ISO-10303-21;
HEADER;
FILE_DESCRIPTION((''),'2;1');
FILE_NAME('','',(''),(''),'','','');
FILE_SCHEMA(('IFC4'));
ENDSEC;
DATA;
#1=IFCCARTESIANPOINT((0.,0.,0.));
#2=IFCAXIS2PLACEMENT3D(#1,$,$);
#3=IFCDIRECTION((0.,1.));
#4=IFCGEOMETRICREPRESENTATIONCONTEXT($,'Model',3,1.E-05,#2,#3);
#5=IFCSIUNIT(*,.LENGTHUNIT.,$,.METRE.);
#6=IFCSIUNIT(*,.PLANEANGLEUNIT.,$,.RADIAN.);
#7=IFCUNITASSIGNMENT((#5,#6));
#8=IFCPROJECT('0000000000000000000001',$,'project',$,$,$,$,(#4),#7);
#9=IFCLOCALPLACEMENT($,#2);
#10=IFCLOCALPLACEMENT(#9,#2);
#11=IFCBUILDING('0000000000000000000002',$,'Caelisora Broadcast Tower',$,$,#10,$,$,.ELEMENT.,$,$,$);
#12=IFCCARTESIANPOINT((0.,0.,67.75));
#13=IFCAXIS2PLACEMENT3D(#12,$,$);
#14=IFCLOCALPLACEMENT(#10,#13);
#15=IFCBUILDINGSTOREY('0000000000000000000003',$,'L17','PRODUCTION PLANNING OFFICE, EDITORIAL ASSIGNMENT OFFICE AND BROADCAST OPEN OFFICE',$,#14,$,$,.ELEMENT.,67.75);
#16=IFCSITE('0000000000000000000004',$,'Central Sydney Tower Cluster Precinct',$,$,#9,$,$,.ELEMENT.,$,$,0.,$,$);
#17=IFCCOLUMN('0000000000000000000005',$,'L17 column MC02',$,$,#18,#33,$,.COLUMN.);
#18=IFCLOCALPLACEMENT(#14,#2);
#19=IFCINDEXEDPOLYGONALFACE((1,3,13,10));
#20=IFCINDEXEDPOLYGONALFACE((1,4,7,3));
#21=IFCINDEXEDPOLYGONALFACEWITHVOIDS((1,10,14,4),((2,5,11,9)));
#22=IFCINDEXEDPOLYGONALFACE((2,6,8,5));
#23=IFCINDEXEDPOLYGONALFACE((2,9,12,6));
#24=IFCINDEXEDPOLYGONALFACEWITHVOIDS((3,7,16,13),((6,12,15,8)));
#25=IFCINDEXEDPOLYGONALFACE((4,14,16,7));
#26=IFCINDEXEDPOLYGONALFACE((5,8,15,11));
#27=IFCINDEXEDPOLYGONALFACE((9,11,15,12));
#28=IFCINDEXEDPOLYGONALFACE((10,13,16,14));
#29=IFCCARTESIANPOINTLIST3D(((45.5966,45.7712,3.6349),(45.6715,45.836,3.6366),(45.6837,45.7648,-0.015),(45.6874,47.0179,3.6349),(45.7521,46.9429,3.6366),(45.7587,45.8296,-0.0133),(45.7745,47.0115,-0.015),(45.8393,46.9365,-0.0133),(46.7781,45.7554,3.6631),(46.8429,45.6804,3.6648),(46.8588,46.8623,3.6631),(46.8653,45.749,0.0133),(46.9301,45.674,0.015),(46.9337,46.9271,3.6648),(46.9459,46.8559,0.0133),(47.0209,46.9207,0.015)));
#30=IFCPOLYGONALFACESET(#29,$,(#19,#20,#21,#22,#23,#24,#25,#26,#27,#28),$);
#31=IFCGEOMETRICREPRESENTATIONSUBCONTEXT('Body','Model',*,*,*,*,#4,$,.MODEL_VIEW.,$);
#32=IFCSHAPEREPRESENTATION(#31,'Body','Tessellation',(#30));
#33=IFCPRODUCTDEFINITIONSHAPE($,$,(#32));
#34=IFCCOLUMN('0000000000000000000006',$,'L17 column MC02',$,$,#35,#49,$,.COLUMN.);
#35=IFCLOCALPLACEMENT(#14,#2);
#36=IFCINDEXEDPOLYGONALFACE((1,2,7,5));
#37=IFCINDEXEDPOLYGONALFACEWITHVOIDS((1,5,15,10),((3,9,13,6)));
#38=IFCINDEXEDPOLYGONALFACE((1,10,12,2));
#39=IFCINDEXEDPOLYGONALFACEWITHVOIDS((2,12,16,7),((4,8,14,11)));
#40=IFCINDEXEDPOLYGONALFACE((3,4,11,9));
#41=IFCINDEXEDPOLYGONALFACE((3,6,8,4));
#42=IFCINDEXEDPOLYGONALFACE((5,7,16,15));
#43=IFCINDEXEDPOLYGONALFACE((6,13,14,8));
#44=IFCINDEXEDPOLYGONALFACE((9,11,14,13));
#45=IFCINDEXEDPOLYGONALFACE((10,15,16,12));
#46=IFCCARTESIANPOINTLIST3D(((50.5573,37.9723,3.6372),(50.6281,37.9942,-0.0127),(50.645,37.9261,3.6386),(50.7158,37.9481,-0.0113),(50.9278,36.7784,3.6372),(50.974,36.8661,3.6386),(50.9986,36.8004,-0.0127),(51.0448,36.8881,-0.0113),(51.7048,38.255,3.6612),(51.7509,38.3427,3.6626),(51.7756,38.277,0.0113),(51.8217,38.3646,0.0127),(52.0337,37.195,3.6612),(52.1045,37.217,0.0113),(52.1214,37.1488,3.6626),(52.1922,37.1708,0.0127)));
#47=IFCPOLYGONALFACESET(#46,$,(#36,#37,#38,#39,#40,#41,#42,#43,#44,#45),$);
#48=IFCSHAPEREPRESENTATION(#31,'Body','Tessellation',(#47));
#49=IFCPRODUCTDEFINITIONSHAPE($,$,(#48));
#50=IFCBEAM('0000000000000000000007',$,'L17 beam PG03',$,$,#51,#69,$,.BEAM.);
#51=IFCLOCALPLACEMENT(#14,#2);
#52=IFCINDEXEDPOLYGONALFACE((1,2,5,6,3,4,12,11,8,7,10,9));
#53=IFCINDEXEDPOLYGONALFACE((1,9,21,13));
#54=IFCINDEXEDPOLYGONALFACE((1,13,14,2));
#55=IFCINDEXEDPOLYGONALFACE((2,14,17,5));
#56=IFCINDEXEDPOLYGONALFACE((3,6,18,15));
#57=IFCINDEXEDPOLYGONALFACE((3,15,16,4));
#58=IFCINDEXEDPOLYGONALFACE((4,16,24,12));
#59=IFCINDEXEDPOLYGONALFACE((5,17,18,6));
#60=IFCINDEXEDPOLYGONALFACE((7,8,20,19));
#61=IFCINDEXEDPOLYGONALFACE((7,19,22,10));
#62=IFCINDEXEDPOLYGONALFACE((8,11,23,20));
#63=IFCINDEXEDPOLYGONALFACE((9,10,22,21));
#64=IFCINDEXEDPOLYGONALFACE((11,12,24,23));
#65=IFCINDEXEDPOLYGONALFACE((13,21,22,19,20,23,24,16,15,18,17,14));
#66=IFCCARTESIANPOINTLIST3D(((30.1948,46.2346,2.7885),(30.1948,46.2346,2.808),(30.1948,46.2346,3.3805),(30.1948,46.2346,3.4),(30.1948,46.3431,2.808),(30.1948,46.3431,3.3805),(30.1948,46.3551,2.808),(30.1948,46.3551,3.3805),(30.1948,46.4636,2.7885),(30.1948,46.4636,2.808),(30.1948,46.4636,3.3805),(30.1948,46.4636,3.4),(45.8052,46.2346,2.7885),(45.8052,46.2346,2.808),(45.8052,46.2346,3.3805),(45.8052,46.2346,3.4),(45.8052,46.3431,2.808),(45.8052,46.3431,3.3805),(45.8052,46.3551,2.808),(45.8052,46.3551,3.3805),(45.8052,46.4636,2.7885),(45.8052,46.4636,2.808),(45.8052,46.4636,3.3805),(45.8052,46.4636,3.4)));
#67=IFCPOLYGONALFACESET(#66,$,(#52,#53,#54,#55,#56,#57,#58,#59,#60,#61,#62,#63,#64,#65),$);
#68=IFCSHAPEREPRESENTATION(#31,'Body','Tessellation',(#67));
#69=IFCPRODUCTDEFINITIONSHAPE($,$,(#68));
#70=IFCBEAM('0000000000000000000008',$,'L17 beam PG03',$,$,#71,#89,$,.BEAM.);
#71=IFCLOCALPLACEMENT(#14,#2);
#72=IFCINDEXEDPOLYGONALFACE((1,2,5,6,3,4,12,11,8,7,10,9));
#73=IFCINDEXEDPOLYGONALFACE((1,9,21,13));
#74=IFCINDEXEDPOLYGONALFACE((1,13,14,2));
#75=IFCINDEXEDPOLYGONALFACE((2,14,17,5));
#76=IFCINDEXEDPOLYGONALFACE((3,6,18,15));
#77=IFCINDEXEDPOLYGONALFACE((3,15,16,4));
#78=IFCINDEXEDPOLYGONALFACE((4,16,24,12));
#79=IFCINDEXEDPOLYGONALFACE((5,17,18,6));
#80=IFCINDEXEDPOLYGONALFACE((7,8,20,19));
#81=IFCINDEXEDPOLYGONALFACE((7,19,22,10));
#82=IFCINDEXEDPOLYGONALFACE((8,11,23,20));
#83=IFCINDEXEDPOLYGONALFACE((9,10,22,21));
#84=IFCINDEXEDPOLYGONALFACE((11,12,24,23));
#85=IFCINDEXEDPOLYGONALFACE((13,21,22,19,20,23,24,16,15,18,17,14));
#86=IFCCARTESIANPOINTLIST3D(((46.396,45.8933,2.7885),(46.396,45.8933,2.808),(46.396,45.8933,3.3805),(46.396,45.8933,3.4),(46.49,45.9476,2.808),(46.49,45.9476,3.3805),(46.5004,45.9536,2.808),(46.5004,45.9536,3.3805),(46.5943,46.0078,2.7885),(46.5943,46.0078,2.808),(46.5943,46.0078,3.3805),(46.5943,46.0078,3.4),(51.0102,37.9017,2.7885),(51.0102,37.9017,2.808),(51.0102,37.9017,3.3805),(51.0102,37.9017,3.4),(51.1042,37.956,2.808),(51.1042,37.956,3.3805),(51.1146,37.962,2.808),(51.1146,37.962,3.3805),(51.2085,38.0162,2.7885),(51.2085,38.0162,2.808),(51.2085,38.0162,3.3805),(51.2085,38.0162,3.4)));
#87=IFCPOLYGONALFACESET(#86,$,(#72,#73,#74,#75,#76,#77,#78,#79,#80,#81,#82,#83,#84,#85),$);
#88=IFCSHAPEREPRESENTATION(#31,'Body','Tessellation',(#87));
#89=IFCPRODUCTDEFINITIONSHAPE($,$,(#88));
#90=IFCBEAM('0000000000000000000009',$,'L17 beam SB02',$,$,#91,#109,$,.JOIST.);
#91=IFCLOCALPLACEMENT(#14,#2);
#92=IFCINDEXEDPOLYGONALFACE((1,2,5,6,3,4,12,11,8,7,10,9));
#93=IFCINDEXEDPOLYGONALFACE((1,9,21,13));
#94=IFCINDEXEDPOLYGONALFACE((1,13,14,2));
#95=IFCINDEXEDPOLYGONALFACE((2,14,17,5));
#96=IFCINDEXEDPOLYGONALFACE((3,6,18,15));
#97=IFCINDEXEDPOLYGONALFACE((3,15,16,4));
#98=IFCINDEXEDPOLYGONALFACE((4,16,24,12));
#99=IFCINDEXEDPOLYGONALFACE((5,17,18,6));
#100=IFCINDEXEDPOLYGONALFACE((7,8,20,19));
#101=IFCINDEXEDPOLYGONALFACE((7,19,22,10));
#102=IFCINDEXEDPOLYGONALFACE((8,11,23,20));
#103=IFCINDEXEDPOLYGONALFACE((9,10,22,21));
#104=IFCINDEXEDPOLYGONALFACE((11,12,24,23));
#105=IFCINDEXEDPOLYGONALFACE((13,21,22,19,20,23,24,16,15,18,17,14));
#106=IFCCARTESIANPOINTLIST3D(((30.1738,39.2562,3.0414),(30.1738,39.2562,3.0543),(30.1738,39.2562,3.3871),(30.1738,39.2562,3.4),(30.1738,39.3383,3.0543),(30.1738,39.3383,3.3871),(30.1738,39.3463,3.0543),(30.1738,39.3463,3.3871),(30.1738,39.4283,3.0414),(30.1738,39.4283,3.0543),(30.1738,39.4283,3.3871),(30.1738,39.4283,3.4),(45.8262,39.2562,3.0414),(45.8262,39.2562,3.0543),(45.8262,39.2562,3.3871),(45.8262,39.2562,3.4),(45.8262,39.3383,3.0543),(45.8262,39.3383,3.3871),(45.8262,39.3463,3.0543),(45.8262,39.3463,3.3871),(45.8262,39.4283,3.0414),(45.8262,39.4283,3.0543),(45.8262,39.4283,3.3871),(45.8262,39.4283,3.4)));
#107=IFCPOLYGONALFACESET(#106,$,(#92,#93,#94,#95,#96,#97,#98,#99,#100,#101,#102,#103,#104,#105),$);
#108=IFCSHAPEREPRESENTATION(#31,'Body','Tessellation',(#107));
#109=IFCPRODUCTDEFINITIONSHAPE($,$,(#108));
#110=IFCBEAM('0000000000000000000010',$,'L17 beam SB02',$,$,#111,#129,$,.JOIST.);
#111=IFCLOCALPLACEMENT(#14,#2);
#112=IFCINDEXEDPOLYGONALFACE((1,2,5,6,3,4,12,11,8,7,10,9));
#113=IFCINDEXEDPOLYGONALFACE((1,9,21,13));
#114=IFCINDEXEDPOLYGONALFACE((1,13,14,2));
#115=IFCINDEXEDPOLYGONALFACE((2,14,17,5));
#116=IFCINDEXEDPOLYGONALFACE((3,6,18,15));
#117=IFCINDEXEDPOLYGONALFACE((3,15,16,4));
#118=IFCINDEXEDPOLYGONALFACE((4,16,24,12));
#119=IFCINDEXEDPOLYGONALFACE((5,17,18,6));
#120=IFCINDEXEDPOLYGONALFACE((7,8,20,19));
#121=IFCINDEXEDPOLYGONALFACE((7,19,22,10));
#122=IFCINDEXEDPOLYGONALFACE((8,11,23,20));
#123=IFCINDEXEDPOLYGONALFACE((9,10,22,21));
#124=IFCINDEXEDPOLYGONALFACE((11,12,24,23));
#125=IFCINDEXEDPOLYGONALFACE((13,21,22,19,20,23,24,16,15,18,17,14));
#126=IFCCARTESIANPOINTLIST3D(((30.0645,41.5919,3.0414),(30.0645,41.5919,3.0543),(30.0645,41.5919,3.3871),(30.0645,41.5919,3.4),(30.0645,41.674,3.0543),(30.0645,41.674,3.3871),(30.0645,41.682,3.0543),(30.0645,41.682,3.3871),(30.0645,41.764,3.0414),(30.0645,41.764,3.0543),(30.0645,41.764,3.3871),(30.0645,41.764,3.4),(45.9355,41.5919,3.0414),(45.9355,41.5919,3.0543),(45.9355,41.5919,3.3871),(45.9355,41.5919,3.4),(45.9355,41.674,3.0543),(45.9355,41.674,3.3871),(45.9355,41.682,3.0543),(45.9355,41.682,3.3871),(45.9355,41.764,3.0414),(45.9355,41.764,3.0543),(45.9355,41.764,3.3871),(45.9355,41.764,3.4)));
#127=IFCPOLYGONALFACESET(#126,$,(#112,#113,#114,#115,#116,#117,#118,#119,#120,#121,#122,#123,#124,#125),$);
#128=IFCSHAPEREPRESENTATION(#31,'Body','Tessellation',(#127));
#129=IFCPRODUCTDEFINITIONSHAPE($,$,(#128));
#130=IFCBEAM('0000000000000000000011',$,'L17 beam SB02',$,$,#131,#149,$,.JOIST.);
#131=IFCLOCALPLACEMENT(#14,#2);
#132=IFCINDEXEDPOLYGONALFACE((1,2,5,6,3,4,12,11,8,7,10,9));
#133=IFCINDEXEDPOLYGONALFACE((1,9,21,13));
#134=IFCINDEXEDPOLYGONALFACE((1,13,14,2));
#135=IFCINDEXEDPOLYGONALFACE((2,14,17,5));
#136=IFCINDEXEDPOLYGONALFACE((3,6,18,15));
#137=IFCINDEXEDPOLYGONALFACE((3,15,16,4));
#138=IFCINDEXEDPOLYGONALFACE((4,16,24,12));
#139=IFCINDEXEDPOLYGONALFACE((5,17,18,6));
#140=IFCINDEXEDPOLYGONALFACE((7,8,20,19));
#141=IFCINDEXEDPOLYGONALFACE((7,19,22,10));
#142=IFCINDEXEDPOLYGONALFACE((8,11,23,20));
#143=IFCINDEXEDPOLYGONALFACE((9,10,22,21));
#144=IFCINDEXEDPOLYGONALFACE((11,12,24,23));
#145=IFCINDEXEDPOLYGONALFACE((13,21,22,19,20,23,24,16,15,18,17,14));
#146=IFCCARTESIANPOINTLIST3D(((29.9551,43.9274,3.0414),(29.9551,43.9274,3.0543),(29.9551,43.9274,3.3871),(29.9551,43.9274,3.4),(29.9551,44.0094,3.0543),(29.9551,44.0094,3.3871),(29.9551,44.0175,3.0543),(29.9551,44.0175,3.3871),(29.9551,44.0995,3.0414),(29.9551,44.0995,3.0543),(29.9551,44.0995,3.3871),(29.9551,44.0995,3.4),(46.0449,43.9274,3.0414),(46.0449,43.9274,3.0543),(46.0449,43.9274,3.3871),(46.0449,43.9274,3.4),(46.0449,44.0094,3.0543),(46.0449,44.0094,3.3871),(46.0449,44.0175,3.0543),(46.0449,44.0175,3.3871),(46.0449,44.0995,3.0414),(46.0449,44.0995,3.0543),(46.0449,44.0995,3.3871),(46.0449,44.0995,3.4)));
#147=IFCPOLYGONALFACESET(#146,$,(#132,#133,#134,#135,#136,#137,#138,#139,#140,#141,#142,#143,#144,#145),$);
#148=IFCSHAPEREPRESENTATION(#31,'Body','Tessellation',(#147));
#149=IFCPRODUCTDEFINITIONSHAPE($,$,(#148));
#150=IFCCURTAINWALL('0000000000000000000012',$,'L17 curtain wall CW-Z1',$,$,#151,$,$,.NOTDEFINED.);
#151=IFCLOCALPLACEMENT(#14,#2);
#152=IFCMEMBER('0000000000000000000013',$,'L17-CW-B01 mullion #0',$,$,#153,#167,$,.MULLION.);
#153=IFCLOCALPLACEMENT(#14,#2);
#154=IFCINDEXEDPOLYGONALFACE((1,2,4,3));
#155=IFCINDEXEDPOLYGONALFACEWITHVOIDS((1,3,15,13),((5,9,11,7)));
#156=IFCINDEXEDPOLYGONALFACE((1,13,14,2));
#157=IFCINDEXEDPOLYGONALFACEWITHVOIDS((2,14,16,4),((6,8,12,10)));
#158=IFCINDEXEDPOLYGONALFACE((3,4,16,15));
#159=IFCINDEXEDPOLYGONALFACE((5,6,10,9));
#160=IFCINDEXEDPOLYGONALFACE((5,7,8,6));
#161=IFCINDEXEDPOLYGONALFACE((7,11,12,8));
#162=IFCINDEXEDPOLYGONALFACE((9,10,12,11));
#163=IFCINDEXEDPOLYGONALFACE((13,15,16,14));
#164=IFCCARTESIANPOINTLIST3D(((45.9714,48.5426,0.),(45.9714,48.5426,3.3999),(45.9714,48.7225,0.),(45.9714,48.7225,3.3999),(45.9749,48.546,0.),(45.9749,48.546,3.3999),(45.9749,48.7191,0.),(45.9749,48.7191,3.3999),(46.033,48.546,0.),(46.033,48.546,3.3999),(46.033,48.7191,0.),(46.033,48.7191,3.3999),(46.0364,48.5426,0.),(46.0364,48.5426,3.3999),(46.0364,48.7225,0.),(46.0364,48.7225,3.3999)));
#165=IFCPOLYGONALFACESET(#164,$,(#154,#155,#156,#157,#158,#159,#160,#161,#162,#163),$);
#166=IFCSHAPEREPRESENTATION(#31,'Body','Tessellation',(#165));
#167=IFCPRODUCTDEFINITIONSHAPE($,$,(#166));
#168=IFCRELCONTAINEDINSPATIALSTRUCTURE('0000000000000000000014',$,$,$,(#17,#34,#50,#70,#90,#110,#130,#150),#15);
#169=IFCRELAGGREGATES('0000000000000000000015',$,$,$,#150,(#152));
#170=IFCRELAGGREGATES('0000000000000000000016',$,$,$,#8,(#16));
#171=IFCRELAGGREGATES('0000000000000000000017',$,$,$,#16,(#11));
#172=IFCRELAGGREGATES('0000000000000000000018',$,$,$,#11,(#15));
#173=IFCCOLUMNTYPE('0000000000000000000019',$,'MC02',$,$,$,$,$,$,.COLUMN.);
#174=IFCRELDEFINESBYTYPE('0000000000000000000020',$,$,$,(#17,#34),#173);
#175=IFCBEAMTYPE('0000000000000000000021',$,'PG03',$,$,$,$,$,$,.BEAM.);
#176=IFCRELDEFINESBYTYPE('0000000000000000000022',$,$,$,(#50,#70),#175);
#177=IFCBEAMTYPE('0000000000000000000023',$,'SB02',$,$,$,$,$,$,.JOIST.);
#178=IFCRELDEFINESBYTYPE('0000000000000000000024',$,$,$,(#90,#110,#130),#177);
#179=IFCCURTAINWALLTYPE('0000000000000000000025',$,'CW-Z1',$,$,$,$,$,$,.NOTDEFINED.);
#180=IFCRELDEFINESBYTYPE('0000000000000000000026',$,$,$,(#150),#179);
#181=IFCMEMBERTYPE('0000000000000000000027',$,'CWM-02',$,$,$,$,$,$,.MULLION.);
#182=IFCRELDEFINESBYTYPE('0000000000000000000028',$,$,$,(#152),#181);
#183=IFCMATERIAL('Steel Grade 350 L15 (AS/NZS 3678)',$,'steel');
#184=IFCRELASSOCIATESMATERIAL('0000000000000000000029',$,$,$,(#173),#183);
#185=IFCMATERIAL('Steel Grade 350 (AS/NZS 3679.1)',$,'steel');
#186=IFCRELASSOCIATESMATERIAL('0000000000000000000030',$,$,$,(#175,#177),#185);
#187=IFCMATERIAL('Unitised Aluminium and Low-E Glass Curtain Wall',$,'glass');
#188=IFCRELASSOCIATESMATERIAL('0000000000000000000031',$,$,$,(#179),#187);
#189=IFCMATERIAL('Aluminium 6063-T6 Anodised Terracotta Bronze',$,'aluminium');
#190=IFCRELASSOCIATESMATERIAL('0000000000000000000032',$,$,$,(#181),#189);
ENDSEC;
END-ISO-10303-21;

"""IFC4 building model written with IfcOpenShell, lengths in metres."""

from ifc_helpers import new_model, si_unit, direction, frame, origin, origin_2d, place, context, subcontext, project, spatial, hollow_rectangle, i_section, extrude, source, transform, mapped, material, material_profile, profile_set, type_object, type_shapes, element, aggregate, save


model = new_model("IFC4")

# Units and contexts
model_context = context("Model", 3, precision=1e-05, world=origin(), true_north=direction((0.0, 1.0)))
body_context = subcontext(model_context, "Body", "Model", "MODEL_VIEW")
ifc_project = project(units=[si_unit("LENGTHUNIT", "METRE"), si_unit("PLANEANGLEUNIT", "RADIAN")], contexts=[model_context])

# Site, building, storey
site_placement = place(None, origin())
site = spatial("IfcSite", under=ifc_project, at=site_placement, Name="Central Sydney Tower Cluster Precinct", CompositionType="ELEMENT", RefElevation=0.0)
building_placement = place(site_placement, origin())
building = spatial("IfcBuilding", under=site, at=building_placement, Name="Caelisora Broadcast Tower", CompositionType="ELEMENT")
storey_placement = place(building_placement, frame((0.0, 0.0, 67.75)))
storey = spatial("IfcBuildingStorey", under=building, at=storey_placement, Name="L17", Description="PRODUCTION PLANNING OFFICE, EDITORIAL ASSIGNMENT OFFICE AND BROADCAST OPEN OFFICE", CompositionType="ELEMENT", Elevation=67.75)

# Columns
ifc_material_1 = material(Name="Steel Grade 350 L15 (AS/NZS 3678)", Category="steel")
ifc_material_profile_1 = material_profile(ifc_material_1, hollow_rectangle(XDim=1.25, YDim=1.25, WallThickness=0.0701, at=origin_2d()), Name="Steel Grade 350 L15 (AS/NZS 3678)")
ifc_profile_set_1 = profile_set([ifc_material_profile_1], Name="Steel Grade 350 L15 (AS/NZS 3678)")
column_type = type_object("IfcColumnType", Name="MC02", PredefinedType="COLUMN", material=ifc_profile_set_1)
shared_shape_1 = source(origin(), body_context, "Body", "SweptSolid", [
    extrude(hollow_rectangle(XDim=1.25, YDim=1.25, WallThickness=0.0701, at=origin_2d()), origin(), (0.0, 0.0, 1.0), 3.6509),
])
column_1_placement = place(storey_placement, frame((46.3523, 46.3428, 0.0), z_axis=(-0.023873, 0.001739, 0.999713), x_axis=(-0.072637, -0.997358, 0.0)))
element("IfcColumn", 1, at=column_1_placement, inside=storey, type_object=column_type, Name="L17 column MC02", PredefinedType="COLUMN", context=body_context, shape_type="MappedRepresentation", body=[
    mapped(shared_shape_1, transform((0.0, 0.0, 0.0), scale=1.0)),
])
shared_shape_2 = source(origin(), body_context, "Body", "SweptSolid", [
    extrude(hollow_rectangle(XDim=1.25, YDim=1.25, WallThickness=0.0701, at=origin_2d()), origin(), (0.0, 0.0, 1.0), 3.6506),
])
type_shapes(column_type, [shared_shape_1, shared_shape_2])
column_2_placement = place(storey_placement, frame((51.4102, 37.5825, 0.0), z_axis=(-0.019394, -0.006019, 0.999794), x_axis=(0.296399, -0.955064, 0.0)))
element("IfcColumn", 2, at=column_2_placement, inside=storey, type_object=column_type, Name="L17 column MC02", PredefinedType="COLUMN", context=body_context, shape_type="MappedRepresentation", body=[
    mapped(shared_shape_2, transform((0.0, 0.0, 0.0), scale=1.0)),
])

# Beams
ifc_material_2 = material(Name="Steel Grade 350 (AS/NZS 3679.1)", Category="steel")
ifc_material_profile_2 = material_profile(ifc_material_2, i_section(OverallWidth=0.229, OverallDepth=0.6116, WebThickness=0.012, FlangeThickness=0.0195, at=origin_2d()), Name="Steel Grade 350 (AS/NZS 3679.1)")
ifc_profile_set_2 = profile_set([ifc_material_profile_2], Name="Steel Grade 350 (AS/NZS 3679.1)")
beam_type_1 = type_object("IfcBeamType", Name="PG03", PredefinedType="BEAM", material=ifc_profile_set_2)
shared_shape_3 = source(origin(), body_context, "Body", "SweptSolid", [
    extrude(i_section(OverallWidth=0.229, OverallDepth=0.6116, WebThickness=0.012, FlangeThickness=0.0195, at=origin_2d()), origin(), (0.0, 0.0, 1.0), 15.6104),
])
beam_1_placement = place(storey_placement, frame((45.8052, 46.3491, 3.0942), z_axis=(-1.0, 0.0, 0.0), x_axis=(0.0, -1.0, 0.0)))
element("IfcBeam", 3, at=beam_1_placement, inside=storey, type_object=beam_type_1, Name="L17 beam PG03", PredefinedType="BEAM", context=body_context, shape_type="MappedRepresentation", body=[
    mapped(shared_shape_3, transform((0.0, 0.0, 0.0), scale=1.0)),
])
shared_shape_4 = source(origin(), body_context, "Body", "SweptSolid", [
    extrude(i_section(OverallWidth=0.229, OverallDepth=0.6116, WebThickness=0.012, FlangeThickness=0.0195, at=origin_2d()), origin(), (0.0, 0.0, 1.0), 9.228),
])
type_shapes(beam_type_1, [shared_shape_3, shared_shape_4])
beam_2_placement = place(storey_placement, frame((51.1094, 37.959, 3.0942), z_axis=(-0.50002, 0.866014, 0.0), x_axis=(-0.866014, -0.50002, 0.0)))
element("IfcBeam", 4, at=beam_2_placement, inside=storey, type_object=beam_type_1, Name="L17 beam PG03", PredefinedType="BEAM", context=body_context, shape_type="MappedRepresentation", body=[
    mapped(shared_shape_4, transform((0.0, 0.0, 0.0), scale=1.0)),
])
ifc_material_profile_3 = material_profile(ifc_material_2, i_section(OverallWidth=0.1721, OverallDepth=0.3586, WebThickness=0.0081, FlangeThickness=0.0129, at=origin_2d()), Name="Steel Grade 350 (AS/NZS 3679.1)")
ifc_profile_set_3 = profile_set([ifc_material_profile_3], Name="Steel Grade 350 (AS/NZS 3679.1)")
beam_type_2 = type_object("IfcBeamType", Name="SB02", PredefinedType="JOIST", material=ifc_profile_set_3)
shared_shape_5 = source(origin(), body_context, "Body", "SweptSolid", [
    extrude(i_section(OverallWidth=0.1721, OverallDepth=0.3586, WebThickness=0.0081, FlangeThickness=0.0129, at=origin_2d()), origin(), (0.0, 0.0, 1.0), 15.6523),
])
beam_3_placement = place(storey_placement, frame((45.8262, 39.3423, 3.2207), z_axis=(-1.0, 0.0, 0.0), x_axis=(0.0, -1.0, 0.0)))
element("IfcBeam", 5, at=beam_3_placement, inside=storey, type_object=beam_type_2, Name="L17 beam SB02", PredefinedType="JOIST", context=body_context, shape_type="MappedRepresentation", body=[
    mapped(shared_shape_5, transform((0.0, 0.0, 0.0), scale=1.0)),
])
shared_shape_6 = source(origin(), body_context, "Body", "SweptSolid", [
    extrude(i_section(OverallWidth=0.1721, OverallDepth=0.3586, WebThickness=0.0081, FlangeThickness=0.0129, at=origin_2d()), origin(), (0.0, 0.0, 1.0), 15.8711),
])
beam_4_placement = place(storey_placement, frame((45.9355, 41.678, 3.2207), z_axis=(-1.0, 0.0, 0.0), x_axis=(0.0, -1.0, 0.0)))
element("IfcBeam", 6, at=beam_4_placement, inside=storey, type_object=beam_type_2, Name="L17 beam SB02", PredefinedType="JOIST", context=body_context, shape_type="MappedRepresentation", body=[
    mapped(shared_shape_6, transform((0.0, 0.0, 0.0), scale=1.0)),
])
shared_shape_7 = source(origin(), body_context, "Body", "SweptSolid", [
    extrude(i_section(OverallWidth=0.1721, OverallDepth=0.3586, WebThickness=0.0081, FlangeThickness=0.0129, at=origin_2d()), origin(), (0.0, 0.0, 1.0), 16.0898),
])
type_shapes(beam_type_2, [shared_shape_5, shared_shape_6, shared_shape_7])
beam_5_placement = place(storey_placement, frame((46.0449, 44.0134, 3.2207), z_axis=(-1.0, 0.0, 0.0), x_axis=(0.0, -1.0, 0.0)))
element("IfcBeam", 7, at=beam_5_placement, inside=storey, type_object=beam_type_2, Name="L17 beam SB02", PredefinedType="JOIST", context=body_context, shape_type="MappedRepresentation", body=[
    mapped(shared_shape_7, transform((0.0, 0.0, 0.0), scale=1.0)),
])

# Curtain wall, member
ifc_material_3 = material(Name="Unitised Aluminium and Low-E Glass Curtain Wall", Category="glass")
curtain_wall_type_1 = type_object("IfcCurtainWallType", Name="CW-Z1", PredefinedType="NOTDEFINED", material=ifc_material_3)
curtain_wall_1_placement = place(storey_placement, origin())
curtain_wall_1 = element("IfcCurtainWall", 8, at=curtain_wall_1_placement, inside=storey, type_object=curtain_wall_type_1, Name="L17 curtain wall CW-Z1", PredefinedType="NOTDEFINED")
ifc_material_4 = material(Name="Aluminium 6063-T6 Anodised Terracotta Bronze", Category="aluminium")
ifc_material_profile_4 = material_profile(ifc_material_4, hollow_rectangle(XDim=0.0649, YDim=0.1799, WallThickness=0.0034, at=origin_2d()), Name="Aluminium 6063-T6 Anodised Terracotta Bronze")
ifc_profile_set_4 = profile_set([ifc_material_profile_4], Name="Aluminium 6063-T6 Anodised Terracotta Bronze")
member_type_1 = type_object("IfcMemberType", Name="CWM-02", PredefinedType="MULLION", material=ifc_profile_set_4)
shared_shape_8 = source(origin(), body_context, "Body", "SweptSolid", [
    extrude(hollow_rectangle(XDim=0.0649, YDim=0.1799, WallThickness=0.0034, at=origin_2d()), origin(), (0.0, 0.0, 1.0), 3.3999),
])
type_shapes(member_type_1, [shared_shape_8])
member_1_placement = place(storey_placement, frame((46.0039, 48.6326, 0.0), z_axis=(0.0, 0.0, 1.0), x_axis=(1.0, 0.0, 0.0)))
member_1 = element("IfcMember", 9, at=member_1_placement, type_object=member_type_1, Name="L17-CW-B01 mullion #0", PredefinedType="MULLION", context=body_context, shape_type="MappedRepresentation", body=[
    mapped(shared_shape_8, transform((0.0, 0.0, 0.0), scale=1.0)),
])

aggregate(curtain_wall_1, [member_1])

save(model, "model.ifc")
